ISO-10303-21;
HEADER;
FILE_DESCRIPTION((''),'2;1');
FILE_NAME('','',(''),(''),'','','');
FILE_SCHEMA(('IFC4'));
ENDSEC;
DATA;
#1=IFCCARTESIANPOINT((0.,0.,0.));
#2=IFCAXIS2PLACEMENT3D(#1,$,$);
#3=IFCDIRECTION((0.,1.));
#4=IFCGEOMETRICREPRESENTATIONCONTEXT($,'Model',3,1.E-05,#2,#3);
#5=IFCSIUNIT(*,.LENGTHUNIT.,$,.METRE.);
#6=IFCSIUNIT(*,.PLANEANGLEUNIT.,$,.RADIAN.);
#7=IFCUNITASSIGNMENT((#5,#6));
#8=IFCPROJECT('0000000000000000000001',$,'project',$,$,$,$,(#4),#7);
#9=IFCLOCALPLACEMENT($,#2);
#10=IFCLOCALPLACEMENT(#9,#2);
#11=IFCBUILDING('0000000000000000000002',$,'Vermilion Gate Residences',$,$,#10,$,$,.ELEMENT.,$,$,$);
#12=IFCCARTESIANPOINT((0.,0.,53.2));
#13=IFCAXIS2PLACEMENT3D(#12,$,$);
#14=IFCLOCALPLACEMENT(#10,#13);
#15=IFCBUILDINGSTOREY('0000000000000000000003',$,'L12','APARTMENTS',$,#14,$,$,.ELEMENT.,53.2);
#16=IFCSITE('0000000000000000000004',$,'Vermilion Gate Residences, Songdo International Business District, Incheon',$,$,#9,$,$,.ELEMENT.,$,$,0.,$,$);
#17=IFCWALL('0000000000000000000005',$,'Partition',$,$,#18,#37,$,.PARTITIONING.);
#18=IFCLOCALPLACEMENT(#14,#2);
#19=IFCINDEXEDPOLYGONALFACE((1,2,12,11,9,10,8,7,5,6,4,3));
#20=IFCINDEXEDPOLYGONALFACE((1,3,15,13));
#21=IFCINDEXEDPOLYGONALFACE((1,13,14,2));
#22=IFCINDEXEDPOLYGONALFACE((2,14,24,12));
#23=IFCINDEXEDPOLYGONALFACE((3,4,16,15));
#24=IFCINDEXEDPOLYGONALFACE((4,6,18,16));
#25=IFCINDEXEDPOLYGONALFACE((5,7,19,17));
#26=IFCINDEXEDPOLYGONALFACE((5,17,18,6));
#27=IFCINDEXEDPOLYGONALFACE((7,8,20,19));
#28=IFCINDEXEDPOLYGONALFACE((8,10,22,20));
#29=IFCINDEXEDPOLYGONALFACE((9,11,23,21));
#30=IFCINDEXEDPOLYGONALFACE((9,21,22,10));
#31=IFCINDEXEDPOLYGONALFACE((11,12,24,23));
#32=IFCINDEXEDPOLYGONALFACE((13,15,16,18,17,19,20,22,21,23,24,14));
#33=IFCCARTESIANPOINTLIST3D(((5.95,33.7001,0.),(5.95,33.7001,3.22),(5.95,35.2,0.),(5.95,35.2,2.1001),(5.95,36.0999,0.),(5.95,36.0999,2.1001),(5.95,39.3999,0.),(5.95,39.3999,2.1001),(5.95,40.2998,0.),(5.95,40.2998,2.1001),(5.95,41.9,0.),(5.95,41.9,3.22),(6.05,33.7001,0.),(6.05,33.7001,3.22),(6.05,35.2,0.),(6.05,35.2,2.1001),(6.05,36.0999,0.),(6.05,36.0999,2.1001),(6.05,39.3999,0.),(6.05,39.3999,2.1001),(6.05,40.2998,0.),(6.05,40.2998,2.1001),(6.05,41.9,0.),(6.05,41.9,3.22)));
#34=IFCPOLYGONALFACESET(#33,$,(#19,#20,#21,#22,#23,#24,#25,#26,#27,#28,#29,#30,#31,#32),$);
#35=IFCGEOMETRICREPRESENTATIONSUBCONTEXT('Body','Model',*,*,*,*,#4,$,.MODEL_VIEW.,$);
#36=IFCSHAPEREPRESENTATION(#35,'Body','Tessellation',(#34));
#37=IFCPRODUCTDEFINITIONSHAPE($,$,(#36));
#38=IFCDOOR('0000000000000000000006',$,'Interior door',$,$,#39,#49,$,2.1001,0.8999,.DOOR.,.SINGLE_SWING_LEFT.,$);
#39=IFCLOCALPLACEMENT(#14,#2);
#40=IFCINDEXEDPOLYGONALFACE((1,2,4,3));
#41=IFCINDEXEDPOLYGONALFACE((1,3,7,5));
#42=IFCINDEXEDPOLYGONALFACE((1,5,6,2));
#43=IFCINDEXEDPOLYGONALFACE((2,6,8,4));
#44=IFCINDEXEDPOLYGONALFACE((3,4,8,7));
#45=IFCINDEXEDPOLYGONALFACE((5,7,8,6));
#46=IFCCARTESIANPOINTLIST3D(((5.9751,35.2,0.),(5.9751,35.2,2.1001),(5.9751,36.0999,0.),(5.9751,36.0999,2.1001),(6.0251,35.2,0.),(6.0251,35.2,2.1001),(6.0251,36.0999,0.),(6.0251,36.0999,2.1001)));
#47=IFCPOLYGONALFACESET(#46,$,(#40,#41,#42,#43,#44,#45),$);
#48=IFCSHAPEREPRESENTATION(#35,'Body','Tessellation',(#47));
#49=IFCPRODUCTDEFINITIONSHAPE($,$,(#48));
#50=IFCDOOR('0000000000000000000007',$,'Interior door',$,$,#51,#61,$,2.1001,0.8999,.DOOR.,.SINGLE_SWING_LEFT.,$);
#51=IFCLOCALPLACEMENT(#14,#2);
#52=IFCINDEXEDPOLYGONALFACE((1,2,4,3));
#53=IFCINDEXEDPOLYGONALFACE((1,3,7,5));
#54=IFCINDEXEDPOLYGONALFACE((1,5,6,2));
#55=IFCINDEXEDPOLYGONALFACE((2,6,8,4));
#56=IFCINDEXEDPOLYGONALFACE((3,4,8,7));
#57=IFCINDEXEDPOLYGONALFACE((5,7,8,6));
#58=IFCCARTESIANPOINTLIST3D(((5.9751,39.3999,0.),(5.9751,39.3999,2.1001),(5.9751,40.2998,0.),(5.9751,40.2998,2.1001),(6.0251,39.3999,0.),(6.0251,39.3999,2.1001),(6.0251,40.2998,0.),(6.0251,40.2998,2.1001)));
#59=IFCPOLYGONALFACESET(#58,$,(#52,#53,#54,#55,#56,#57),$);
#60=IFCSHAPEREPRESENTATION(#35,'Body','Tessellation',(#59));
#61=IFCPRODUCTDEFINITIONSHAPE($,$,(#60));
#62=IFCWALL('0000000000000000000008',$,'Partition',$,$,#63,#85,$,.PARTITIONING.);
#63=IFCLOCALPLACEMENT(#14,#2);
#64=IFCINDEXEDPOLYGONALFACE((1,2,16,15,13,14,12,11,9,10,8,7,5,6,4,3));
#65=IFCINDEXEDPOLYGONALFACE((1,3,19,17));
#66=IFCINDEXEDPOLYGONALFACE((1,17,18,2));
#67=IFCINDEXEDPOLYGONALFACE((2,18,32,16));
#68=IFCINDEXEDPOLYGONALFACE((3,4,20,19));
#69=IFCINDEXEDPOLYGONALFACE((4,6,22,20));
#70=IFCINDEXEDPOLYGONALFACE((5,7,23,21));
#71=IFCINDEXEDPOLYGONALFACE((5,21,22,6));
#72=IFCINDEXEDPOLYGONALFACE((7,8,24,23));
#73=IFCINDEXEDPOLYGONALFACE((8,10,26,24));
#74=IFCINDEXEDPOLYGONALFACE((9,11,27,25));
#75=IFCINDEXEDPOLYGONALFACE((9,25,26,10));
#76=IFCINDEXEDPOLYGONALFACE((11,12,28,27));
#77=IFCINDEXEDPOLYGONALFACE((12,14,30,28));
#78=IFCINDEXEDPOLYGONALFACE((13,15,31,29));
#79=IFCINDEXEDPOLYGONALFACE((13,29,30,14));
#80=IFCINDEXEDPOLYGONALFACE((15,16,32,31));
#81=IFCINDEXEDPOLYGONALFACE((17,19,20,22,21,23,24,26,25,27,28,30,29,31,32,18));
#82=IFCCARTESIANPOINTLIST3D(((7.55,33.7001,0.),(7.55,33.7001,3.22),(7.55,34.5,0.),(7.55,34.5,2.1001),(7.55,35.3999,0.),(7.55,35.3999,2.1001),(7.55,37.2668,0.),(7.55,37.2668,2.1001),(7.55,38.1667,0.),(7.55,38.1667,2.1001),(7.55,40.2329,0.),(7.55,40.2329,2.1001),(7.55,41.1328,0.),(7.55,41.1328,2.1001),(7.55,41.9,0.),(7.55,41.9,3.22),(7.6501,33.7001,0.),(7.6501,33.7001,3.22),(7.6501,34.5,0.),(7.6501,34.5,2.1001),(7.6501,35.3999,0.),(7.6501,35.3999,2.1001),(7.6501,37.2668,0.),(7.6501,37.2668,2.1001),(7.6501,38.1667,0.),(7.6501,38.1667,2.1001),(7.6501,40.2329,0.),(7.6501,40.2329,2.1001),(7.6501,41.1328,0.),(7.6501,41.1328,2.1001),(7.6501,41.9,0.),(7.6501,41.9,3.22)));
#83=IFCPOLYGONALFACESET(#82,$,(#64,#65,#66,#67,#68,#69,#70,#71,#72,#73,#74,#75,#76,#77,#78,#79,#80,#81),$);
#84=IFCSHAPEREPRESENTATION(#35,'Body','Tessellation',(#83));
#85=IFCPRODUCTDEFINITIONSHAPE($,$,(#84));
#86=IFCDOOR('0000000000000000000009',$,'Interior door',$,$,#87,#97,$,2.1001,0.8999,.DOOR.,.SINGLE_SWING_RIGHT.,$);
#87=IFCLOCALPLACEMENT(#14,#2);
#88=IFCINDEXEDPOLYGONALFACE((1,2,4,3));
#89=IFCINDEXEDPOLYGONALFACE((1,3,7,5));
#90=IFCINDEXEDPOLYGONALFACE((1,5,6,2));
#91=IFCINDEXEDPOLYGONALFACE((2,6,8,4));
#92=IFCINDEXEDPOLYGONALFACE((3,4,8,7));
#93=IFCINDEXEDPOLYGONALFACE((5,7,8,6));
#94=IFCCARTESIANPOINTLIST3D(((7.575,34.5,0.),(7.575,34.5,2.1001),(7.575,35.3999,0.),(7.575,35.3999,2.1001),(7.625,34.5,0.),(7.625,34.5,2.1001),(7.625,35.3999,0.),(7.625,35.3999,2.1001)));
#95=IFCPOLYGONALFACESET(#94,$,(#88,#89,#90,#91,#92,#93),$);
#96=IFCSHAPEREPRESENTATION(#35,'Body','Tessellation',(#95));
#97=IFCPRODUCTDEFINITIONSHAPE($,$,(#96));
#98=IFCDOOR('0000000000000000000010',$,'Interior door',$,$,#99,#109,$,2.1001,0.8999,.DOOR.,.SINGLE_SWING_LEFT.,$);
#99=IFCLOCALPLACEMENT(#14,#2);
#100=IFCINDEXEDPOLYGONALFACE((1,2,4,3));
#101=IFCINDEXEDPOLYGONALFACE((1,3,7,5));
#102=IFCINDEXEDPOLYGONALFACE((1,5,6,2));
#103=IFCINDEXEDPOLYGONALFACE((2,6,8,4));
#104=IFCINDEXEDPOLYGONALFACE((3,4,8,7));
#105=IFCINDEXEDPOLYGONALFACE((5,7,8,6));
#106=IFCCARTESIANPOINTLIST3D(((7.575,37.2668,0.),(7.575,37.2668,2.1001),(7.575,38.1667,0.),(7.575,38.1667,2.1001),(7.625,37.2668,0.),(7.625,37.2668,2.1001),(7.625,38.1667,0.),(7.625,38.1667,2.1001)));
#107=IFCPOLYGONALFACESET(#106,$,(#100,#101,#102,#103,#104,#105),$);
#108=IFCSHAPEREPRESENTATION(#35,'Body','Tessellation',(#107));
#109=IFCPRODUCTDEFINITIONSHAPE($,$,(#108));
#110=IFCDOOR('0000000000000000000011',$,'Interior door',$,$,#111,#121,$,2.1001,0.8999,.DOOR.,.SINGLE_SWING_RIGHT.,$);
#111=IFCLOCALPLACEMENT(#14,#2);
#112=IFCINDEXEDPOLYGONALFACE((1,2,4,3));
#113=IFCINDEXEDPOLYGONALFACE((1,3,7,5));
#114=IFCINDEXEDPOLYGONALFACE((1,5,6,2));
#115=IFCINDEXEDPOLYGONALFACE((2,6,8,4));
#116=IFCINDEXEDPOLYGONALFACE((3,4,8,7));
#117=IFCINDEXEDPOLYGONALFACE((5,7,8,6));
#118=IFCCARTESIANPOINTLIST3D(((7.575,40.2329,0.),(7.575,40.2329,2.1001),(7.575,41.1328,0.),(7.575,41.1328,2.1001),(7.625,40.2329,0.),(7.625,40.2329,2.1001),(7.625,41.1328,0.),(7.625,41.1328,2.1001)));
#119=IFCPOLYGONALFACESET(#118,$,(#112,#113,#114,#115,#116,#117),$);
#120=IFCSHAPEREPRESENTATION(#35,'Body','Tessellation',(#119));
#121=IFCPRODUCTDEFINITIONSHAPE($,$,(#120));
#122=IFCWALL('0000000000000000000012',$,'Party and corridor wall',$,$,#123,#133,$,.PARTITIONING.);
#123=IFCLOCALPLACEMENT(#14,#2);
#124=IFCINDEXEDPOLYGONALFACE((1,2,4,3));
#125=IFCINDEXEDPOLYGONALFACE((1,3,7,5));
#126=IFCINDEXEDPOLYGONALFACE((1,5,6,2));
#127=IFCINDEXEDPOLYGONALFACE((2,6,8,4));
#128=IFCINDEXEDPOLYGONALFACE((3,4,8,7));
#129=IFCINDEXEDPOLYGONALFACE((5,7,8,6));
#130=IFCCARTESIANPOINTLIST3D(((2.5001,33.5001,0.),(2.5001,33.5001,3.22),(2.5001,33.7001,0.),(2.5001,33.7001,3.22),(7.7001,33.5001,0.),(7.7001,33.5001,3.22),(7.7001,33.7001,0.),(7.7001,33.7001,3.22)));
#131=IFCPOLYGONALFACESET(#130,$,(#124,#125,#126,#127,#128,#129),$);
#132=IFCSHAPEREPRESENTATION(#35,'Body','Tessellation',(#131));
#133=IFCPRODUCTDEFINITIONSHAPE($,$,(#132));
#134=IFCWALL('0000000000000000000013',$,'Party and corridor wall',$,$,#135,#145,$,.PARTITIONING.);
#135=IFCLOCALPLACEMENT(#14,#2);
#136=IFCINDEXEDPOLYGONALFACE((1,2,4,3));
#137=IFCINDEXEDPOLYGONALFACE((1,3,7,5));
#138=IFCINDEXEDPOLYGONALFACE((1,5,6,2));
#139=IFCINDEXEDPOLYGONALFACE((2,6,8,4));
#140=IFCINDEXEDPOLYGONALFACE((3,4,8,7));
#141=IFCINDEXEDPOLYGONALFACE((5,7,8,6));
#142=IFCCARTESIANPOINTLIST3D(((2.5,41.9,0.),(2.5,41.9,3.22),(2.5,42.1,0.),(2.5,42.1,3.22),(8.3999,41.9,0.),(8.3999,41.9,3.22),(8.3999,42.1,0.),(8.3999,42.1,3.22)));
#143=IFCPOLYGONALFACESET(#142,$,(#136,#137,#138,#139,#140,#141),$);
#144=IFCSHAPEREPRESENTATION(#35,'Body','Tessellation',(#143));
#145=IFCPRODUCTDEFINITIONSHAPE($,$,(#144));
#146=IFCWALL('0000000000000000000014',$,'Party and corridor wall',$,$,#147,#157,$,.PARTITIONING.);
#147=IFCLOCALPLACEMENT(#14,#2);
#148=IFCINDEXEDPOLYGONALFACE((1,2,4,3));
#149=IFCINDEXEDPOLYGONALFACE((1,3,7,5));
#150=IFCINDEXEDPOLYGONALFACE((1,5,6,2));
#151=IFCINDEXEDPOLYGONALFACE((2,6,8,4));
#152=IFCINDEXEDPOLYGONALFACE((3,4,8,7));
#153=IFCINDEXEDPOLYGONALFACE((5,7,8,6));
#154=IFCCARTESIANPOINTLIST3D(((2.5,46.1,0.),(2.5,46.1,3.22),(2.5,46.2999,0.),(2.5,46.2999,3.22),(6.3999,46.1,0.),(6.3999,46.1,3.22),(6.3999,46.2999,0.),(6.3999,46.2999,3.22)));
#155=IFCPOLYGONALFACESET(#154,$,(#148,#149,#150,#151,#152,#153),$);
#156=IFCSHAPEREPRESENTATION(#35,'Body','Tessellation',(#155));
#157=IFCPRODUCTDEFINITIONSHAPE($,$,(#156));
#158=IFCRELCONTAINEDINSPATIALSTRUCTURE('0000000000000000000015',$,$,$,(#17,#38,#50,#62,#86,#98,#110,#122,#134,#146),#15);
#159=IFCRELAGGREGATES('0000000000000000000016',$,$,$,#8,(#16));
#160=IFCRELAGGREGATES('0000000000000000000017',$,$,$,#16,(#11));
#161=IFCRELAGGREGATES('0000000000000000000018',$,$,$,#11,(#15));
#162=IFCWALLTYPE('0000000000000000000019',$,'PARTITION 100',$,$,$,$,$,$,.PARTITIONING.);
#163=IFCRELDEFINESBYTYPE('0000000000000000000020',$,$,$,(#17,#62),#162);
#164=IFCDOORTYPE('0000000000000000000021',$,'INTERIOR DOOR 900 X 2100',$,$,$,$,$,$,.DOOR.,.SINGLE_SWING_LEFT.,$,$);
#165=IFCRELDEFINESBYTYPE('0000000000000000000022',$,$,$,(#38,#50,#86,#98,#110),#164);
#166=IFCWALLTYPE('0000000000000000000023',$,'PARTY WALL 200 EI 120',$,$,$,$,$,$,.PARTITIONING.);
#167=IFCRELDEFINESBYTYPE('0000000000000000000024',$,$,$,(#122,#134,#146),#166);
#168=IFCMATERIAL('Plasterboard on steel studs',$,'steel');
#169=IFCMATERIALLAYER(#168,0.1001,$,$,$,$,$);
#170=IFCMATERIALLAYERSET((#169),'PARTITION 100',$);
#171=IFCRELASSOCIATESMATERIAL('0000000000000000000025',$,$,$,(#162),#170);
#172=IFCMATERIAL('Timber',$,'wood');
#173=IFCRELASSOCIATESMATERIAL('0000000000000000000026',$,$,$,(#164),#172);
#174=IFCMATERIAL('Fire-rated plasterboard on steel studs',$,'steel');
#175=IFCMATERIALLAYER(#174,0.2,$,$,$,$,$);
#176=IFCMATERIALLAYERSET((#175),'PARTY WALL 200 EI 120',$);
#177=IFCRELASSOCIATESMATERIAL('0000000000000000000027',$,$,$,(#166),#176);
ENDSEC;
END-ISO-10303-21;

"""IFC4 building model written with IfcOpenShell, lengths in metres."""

from ifc_helpers import new_model, si_unit, direction, frame, frame_2d, origin, place, context, subcontext, project, spatial, rectangle, extrude, material, layer, layer_set, type_object, element, fill, save


model = new_model("IFC4")

# Units and contexts
model_context = context("Model", 3, precision=1e-05, world=origin(), true_north=direction((0.0, 1.0)))
body_context = subcontext(model_context, "Body", "Model", "MODEL_VIEW")
ifc_project = project(units=[si_unit("LENGTHUNIT", "METRE"), si_unit("PLANEANGLEUNIT", "RADIAN")], contexts=[model_context])

# Site, building, storey
site_placement = place(None, origin())
site = spatial("IfcSite", under=ifc_project, at=site_placement, Name="Vermilion Gate Residences, Songdo International Business District, Incheon", CompositionType="ELEMENT", RefElevation=0.0)
building_placement = place(site_placement, origin())
building = spatial("IfcBuilding", under=site, at=building_placement, Name="Vermilion Gate Residences", CompositionType="ELEMENT")
storey_placement = place(building_placement, frame((0.0, 0.0, 53.2)))
storey = spatial("IfcBuildingStorey", under=building, at=storey_placement, Name="L12", Description="APARTMENTS", CompositionType="ELEMENT", Elevation=53.2)

# Shared definitions
ifc_material_1 = material(Name="Plasterboard on steel studs", Category="steel")
ifc_layer_1 = layer(ifc_material_1, 0.1001)
ifc_layer_set_1 = layer_set([ifc_layer_1], Name="PARTITION 100")
wall_type_1 = type_object("IfcWallType", Name="PARTITION 100", PredefinedType="PARTITIONING", material=ifc_layer_set_1)

# Walls, openings, doors
wall_1_placement = place(storey_placement, frame((6.0, 33.7, 0.0), z_axis=(0.0, 0.0, 1.0), x_axis=(0.0, 1.0, 0.0)))
wall_1 = element("IfcWall", 1, at=wall_1_placement, inside=storey, type_object=wall_type_1, Name="Partition", PredefinedType="PARTITIONING", context=body_context, shape_type="SweptSolid", body=[
    extrude(rectangle(XDim=8.2, YDim=0.1001, at=frame_2d((4.1001, 0.0))), origin(), (0.0, 0.0, 1.0), 3.22),
])
opening_1_placement = place(wall_1_placement, frame((1.5, 0.0, 0.0)))
opening_1 = element("IfcOpeningElement", 2, at=opening_1_placement, cuts=wall_1, PredefinedType="OPENING", context=body_context, shape_type="SweptSolid", body=[
    extrude(rectangle(XDim=0.8999, YDim=2.1001, at=frame_2d((0.45, 1.05))), frame((0.0, 0.0601, 0.0), z_axis=(0.0, -1.0, 0.0), x_axis=(1.0, 0.0, 0.0)), (0.0, 0.0, 1.0), 0.1201),
])
opening_2_placement = place(wall_1_placement, frame((5.7, 0.0, 0.0)))
opening_2 = element("IfcOpeningElement", 3, at=opening_2_placement, cuts=wall_1, PredefinedType="OPENING", context=body_context, shape_type="SweptSolid", body=[
    extrude(rectangle(XDim=0.8999, YDim=2.1001, at=frame_2d((0.45, 1.05))), frame((0.0, 0.0601, 0.0), z_axis=(0.0, -1.0, 0.0), x_axis=(1.0, 0.0, 0.0)), (0.0, 0.0, 1.0), 0.1201),
])
ifc_material_2 = material(Name="Timber", Category="wood")
door_type_1 = type_object("IfcDoorType", Name="INTERIOR DOOR 900 X 2100", OperationType="SINGLE_SWING_LEFT", PredefinedType="DOOR", material=ifc_material_2)
door_1_placement = place(opening_1_placement, origin())
door_1 = element("IfcDoor", 4, at=door_1_placement, inside=storey, type_object=door_type_1, Name="Interior door", OperationType="SINGLE_SWING_LEFT", OverallHeight=2.1001, OverallWidth=0.8999, PredefinedType="DOOR", context=body_context, shape_type="SweptSolid", body=[
    extrude(rectangle(XDim=0.8999, YDim=2.1001, at=frame_2d((0.45, 1.05))), frame((0.0, 0.0249, 0.0), z_axis=(0.0, -1.0, 0.0), x_axis=(1.0, 0.0, 0.0)), (0.0, 0.0, 1.0), 0.05),
])
fill(opening_1, door_1)
door_2_placement = place(opening_2_placement, origin())
door_2 = element("IfcDoor", 5, at=door_2_placement, inside=storey, type_object=door_type_1, Name="Interior door", OperationType="SINGLE_SWING_LEFT", OverallHeight=2.1001, OverallWidth=0.8999, PredefinedType="DOOR", context=body_context, shape_type="SweptSolid", body=[
    extrude(rectangle(XDim=0.8999, YDim=2.1001, at=frame_2d((0.45, 1.05))), frame((0.0, 0.0249, 0.0), z_axis=(0.0, -1.0, 0.0), x_axis=(1.0, 0.0, 0.0)), (0.0, 0.0, 1.0), 0.05),
])
fill(opening_2, door_2)
wall_2_placement = place(storey_placement, frame((7.6001, 33.7, 0.0), z_axis=(0.0, 0.0, 1.0), x_axis=(0.0, 1.0, 0.0)))
wall_2 = element("IfcWall", 6, at=wall_2_placement, inside=storey, type_object=wall_type_1, Name="Partition", PredefinedType="PARTITIONING", context=body_context, shape_type="SweptSolid", body=[
    extrude(rectangle(XDim=8.2, YDim=0.1001, at=frame_2d((4.1001, 0.0))), origin(), (0.0, 0.0, 1.0), 3.22),
])
opening_3_placement = place(wall_2_placement, frame((0.8, 0.0, 0.0)))
opening_3 = element("IfcOpeningElement", 7, at=opening_3_placement, cuts=wall_2, PredefinedType="OPENING", context=body_context, shape_type="SweptSolid", body=[
    extrude(rectangle(XDim=0.8999, YDim=2.1001, at=frame_2d((0.45, 1.05))), frame((0.0, 0.0601, 0.0), z_axis=(0.0, -1.0, 0.0), x_axis=(1.0, 0.0, 0.0)), (0.0, 0.0, 1.0), 0.1201),
])
opening_4_placement = place(wall_2_placement, frame((3.5669, 0.0, 0.0)))
opening_4 = element("IfcOpeningElement", 8, at=opening_4_placement, cuts=wall_2, PredefinedType="OPENING", context=body_context, shape_type="SweptSolid", body=[
    extrude(rectangle(XDim=0.8999, YDim=2.1001, at=frame_2d((0.45, 1.05))), frame((0.0, 0.0601, 0.0), z_axis=(0.0, -1.0, 0.0), x_axis=(1.0, 0.0, 0.0)), (0.0, 0.0, 1.0), 0.1201),
])
opening_5_placement = place(wall_2_placement, frame((6.533, 0.0, 0.0)))
opening_5 = element("IfcOpeningElement", 9, at=opening_5_placement, cuts=wall_2, PredefinedType="OPENING", context=body_context, shape_type="SweptSolid", body=[
    extrude(rectangle(XDim=0.8999, YDim=2.1001, at=frame_2d((0.45, 1.05))), frame((0.0, 0.0601, 0.0), z_axis=(0.0, -1.0, 0.0), x_axis=(1.0, 0.0, 0.0)), (0.0, 0.0, 1.0), 0.1201),
])
door_3_placement = place(opening_3_placement, frame((0.8999, 0.0, 0.0), z_axis=(0.0, 0.0, 1.0), x_axis=(-1.0, 0.0, 0.0)))
door_3 = element("IfcDoor", 10, at=door_3_placement, inside=storey, type_object=door_type_1, Name="Interior door", OperationType="SINGLE_SWING_RIGHT", OverallHeight=2.1001, OverallWidth=0.8999, PredefinedType="DOOR", context=body_context, shape_type="SweptSolid", body=[
    extrude(rectangle(XDim=0.8999, YDim=2.1001, at=frame_2d((0.45, 1.05))), frame((0.0, 0.0249, 0.0), z_axis=(0.0, -1.0, 0.0), x_axis=(1.0, 0.0, 0.0)), (0.0, 0.0, 1.0), 0.05),
])
fill(opening_3, door_3)
door_4_placement = place(opening_4_placement, frame((0.8999, 0.0, 0.0), z_axis=(0.0, 0.0, 1.0), x_axis=(-1.0, 0.0, 0.0)))
door_4 = element("IfcDoor", 11, at=door_4_placement, inside=storey, type_object=door_type_1, Name="Interior door", OperationType="SINGLE_SWING_LEFT", OverallHeight=2.1001, OverallWidth=0.8999, PredefinedType="DOOR", context=body_context, shape_type="SweptSolid", body=[
    extrude(rectangle(XDim=0.8999, YDim=2.1001, at=frame_2d((0.45, 1.05))), frame((0.0, 0.0249, 0.0), z_axis=(0.0, -1.0, 0.0), x_axis=(1.0, 0.0, 0.0)), (0.0, 0.0, 1.0), 0.05),
])
fill(opening_4, door_4)
door_5_placement = place(opening_5_placement, frame((0.8999, 0.0, 0.0), z_axis=(0.0, 0.0, 1.0), x_axis=(-1.0, 0.0, 0.0)))
door_5 = element("IfcDoor", 12, at=door_5_placement, inside=storey, type_object=door_type_1, Name="Interior door", OperationType="SINGLE_SWING_RIGHT", OverallHeight=2.1001, OverallWidth=0.8999, PredefinedType="DOOR", context=body_context, shape_type="SweptSolid", body=[
    extrude(rectangle(XDim=0.8999, YDim=2.1001, at=frame_2d((0.45, 1.05))), frame((0.0, 0.0249, 0.0), z_axis=(0.0, -1.0, 0.0), x_axis=(1.0, 0.0, 0.0)), (0.0, 0.0, 1.0), 0.05),
])
fill(opening_5, door_5)

# Walls
ifc_material_3 = material(Name="Fire-rated plasterboard on steel studs", Category="steel")
ifc_layer_2 = layer(ifc_material_3, 0.2)
ifc_layer_set_2 = layer_set([ifc_layer_2], Name="PARTY WALL 200 EI 120")
wall_type_2 = type_object("IfcWallType", Name="PARTY WALL 200 EI 120", PredefinedType="PARTITIONING", material=ifc_layer_set_2)
wall_3_placement = place(storey_placement, frame((2.5, 33.6001, 0.0), z_axis=(0.0, 0.0, 1.0), x_axis=(1.0, 0.0, 0.0)))
element("IfcWall", 13, at=wall_3_placement, inside=storey, type_object=wall_type_2, Name="Party and corridor wall", PredefinedType="PARTITIONING", context=body_context, shape_type="SweptSolid", body=[
    extrude(rectangle(XDim=5.2, YDim=0.2, at=frame_2d((2.6001, 0.0))), origin(), (0.0, 0.0, 1.0), 3.22),
])
wall_4_placement = place(storey_placement, frame((2.5, 42.0, 0.0), z_axis=(0.0, 0.0, 1.0), x_axis=(1.0, 0.0, 0.0)))
element("IfcWall", 14, at=wall_4_placement, inside=storey, type_object=wall_type_2, Name="Party and corridor wall", PredefinedType="PARTITIONING", context=body_context, shape_type="SweptSolid", body=[
    extrude(rectangle(XDim=5.8999, YDim=0.2, at=frame_2d((2.95, 0.0))), origin(), (0.0, 0.0, 1.0), 3.22),
])
wall_5_placement = place(storey_placement, frame((2.5, 46.2, 0.0), z_axis=(0.0, 0.0, 1.0), x_axis=(1.0, 0.0, 0.0)))
element("IfcWall", 15, at=wall_5_placement, inside=storey, type_object=wall_type_2, Name="Party and corridor wall", PredefinedType="PARTITIONING", context=body_context, shape_type="SweptSolid", body=[
    extrude(rectangle(XDim=3.8999, YDim=0.2, at=frame_2d((1.95, 0.0))), origin(), (0.0, 0.0, 1.0), 3.22),
])

save(model, "model.ifc")
